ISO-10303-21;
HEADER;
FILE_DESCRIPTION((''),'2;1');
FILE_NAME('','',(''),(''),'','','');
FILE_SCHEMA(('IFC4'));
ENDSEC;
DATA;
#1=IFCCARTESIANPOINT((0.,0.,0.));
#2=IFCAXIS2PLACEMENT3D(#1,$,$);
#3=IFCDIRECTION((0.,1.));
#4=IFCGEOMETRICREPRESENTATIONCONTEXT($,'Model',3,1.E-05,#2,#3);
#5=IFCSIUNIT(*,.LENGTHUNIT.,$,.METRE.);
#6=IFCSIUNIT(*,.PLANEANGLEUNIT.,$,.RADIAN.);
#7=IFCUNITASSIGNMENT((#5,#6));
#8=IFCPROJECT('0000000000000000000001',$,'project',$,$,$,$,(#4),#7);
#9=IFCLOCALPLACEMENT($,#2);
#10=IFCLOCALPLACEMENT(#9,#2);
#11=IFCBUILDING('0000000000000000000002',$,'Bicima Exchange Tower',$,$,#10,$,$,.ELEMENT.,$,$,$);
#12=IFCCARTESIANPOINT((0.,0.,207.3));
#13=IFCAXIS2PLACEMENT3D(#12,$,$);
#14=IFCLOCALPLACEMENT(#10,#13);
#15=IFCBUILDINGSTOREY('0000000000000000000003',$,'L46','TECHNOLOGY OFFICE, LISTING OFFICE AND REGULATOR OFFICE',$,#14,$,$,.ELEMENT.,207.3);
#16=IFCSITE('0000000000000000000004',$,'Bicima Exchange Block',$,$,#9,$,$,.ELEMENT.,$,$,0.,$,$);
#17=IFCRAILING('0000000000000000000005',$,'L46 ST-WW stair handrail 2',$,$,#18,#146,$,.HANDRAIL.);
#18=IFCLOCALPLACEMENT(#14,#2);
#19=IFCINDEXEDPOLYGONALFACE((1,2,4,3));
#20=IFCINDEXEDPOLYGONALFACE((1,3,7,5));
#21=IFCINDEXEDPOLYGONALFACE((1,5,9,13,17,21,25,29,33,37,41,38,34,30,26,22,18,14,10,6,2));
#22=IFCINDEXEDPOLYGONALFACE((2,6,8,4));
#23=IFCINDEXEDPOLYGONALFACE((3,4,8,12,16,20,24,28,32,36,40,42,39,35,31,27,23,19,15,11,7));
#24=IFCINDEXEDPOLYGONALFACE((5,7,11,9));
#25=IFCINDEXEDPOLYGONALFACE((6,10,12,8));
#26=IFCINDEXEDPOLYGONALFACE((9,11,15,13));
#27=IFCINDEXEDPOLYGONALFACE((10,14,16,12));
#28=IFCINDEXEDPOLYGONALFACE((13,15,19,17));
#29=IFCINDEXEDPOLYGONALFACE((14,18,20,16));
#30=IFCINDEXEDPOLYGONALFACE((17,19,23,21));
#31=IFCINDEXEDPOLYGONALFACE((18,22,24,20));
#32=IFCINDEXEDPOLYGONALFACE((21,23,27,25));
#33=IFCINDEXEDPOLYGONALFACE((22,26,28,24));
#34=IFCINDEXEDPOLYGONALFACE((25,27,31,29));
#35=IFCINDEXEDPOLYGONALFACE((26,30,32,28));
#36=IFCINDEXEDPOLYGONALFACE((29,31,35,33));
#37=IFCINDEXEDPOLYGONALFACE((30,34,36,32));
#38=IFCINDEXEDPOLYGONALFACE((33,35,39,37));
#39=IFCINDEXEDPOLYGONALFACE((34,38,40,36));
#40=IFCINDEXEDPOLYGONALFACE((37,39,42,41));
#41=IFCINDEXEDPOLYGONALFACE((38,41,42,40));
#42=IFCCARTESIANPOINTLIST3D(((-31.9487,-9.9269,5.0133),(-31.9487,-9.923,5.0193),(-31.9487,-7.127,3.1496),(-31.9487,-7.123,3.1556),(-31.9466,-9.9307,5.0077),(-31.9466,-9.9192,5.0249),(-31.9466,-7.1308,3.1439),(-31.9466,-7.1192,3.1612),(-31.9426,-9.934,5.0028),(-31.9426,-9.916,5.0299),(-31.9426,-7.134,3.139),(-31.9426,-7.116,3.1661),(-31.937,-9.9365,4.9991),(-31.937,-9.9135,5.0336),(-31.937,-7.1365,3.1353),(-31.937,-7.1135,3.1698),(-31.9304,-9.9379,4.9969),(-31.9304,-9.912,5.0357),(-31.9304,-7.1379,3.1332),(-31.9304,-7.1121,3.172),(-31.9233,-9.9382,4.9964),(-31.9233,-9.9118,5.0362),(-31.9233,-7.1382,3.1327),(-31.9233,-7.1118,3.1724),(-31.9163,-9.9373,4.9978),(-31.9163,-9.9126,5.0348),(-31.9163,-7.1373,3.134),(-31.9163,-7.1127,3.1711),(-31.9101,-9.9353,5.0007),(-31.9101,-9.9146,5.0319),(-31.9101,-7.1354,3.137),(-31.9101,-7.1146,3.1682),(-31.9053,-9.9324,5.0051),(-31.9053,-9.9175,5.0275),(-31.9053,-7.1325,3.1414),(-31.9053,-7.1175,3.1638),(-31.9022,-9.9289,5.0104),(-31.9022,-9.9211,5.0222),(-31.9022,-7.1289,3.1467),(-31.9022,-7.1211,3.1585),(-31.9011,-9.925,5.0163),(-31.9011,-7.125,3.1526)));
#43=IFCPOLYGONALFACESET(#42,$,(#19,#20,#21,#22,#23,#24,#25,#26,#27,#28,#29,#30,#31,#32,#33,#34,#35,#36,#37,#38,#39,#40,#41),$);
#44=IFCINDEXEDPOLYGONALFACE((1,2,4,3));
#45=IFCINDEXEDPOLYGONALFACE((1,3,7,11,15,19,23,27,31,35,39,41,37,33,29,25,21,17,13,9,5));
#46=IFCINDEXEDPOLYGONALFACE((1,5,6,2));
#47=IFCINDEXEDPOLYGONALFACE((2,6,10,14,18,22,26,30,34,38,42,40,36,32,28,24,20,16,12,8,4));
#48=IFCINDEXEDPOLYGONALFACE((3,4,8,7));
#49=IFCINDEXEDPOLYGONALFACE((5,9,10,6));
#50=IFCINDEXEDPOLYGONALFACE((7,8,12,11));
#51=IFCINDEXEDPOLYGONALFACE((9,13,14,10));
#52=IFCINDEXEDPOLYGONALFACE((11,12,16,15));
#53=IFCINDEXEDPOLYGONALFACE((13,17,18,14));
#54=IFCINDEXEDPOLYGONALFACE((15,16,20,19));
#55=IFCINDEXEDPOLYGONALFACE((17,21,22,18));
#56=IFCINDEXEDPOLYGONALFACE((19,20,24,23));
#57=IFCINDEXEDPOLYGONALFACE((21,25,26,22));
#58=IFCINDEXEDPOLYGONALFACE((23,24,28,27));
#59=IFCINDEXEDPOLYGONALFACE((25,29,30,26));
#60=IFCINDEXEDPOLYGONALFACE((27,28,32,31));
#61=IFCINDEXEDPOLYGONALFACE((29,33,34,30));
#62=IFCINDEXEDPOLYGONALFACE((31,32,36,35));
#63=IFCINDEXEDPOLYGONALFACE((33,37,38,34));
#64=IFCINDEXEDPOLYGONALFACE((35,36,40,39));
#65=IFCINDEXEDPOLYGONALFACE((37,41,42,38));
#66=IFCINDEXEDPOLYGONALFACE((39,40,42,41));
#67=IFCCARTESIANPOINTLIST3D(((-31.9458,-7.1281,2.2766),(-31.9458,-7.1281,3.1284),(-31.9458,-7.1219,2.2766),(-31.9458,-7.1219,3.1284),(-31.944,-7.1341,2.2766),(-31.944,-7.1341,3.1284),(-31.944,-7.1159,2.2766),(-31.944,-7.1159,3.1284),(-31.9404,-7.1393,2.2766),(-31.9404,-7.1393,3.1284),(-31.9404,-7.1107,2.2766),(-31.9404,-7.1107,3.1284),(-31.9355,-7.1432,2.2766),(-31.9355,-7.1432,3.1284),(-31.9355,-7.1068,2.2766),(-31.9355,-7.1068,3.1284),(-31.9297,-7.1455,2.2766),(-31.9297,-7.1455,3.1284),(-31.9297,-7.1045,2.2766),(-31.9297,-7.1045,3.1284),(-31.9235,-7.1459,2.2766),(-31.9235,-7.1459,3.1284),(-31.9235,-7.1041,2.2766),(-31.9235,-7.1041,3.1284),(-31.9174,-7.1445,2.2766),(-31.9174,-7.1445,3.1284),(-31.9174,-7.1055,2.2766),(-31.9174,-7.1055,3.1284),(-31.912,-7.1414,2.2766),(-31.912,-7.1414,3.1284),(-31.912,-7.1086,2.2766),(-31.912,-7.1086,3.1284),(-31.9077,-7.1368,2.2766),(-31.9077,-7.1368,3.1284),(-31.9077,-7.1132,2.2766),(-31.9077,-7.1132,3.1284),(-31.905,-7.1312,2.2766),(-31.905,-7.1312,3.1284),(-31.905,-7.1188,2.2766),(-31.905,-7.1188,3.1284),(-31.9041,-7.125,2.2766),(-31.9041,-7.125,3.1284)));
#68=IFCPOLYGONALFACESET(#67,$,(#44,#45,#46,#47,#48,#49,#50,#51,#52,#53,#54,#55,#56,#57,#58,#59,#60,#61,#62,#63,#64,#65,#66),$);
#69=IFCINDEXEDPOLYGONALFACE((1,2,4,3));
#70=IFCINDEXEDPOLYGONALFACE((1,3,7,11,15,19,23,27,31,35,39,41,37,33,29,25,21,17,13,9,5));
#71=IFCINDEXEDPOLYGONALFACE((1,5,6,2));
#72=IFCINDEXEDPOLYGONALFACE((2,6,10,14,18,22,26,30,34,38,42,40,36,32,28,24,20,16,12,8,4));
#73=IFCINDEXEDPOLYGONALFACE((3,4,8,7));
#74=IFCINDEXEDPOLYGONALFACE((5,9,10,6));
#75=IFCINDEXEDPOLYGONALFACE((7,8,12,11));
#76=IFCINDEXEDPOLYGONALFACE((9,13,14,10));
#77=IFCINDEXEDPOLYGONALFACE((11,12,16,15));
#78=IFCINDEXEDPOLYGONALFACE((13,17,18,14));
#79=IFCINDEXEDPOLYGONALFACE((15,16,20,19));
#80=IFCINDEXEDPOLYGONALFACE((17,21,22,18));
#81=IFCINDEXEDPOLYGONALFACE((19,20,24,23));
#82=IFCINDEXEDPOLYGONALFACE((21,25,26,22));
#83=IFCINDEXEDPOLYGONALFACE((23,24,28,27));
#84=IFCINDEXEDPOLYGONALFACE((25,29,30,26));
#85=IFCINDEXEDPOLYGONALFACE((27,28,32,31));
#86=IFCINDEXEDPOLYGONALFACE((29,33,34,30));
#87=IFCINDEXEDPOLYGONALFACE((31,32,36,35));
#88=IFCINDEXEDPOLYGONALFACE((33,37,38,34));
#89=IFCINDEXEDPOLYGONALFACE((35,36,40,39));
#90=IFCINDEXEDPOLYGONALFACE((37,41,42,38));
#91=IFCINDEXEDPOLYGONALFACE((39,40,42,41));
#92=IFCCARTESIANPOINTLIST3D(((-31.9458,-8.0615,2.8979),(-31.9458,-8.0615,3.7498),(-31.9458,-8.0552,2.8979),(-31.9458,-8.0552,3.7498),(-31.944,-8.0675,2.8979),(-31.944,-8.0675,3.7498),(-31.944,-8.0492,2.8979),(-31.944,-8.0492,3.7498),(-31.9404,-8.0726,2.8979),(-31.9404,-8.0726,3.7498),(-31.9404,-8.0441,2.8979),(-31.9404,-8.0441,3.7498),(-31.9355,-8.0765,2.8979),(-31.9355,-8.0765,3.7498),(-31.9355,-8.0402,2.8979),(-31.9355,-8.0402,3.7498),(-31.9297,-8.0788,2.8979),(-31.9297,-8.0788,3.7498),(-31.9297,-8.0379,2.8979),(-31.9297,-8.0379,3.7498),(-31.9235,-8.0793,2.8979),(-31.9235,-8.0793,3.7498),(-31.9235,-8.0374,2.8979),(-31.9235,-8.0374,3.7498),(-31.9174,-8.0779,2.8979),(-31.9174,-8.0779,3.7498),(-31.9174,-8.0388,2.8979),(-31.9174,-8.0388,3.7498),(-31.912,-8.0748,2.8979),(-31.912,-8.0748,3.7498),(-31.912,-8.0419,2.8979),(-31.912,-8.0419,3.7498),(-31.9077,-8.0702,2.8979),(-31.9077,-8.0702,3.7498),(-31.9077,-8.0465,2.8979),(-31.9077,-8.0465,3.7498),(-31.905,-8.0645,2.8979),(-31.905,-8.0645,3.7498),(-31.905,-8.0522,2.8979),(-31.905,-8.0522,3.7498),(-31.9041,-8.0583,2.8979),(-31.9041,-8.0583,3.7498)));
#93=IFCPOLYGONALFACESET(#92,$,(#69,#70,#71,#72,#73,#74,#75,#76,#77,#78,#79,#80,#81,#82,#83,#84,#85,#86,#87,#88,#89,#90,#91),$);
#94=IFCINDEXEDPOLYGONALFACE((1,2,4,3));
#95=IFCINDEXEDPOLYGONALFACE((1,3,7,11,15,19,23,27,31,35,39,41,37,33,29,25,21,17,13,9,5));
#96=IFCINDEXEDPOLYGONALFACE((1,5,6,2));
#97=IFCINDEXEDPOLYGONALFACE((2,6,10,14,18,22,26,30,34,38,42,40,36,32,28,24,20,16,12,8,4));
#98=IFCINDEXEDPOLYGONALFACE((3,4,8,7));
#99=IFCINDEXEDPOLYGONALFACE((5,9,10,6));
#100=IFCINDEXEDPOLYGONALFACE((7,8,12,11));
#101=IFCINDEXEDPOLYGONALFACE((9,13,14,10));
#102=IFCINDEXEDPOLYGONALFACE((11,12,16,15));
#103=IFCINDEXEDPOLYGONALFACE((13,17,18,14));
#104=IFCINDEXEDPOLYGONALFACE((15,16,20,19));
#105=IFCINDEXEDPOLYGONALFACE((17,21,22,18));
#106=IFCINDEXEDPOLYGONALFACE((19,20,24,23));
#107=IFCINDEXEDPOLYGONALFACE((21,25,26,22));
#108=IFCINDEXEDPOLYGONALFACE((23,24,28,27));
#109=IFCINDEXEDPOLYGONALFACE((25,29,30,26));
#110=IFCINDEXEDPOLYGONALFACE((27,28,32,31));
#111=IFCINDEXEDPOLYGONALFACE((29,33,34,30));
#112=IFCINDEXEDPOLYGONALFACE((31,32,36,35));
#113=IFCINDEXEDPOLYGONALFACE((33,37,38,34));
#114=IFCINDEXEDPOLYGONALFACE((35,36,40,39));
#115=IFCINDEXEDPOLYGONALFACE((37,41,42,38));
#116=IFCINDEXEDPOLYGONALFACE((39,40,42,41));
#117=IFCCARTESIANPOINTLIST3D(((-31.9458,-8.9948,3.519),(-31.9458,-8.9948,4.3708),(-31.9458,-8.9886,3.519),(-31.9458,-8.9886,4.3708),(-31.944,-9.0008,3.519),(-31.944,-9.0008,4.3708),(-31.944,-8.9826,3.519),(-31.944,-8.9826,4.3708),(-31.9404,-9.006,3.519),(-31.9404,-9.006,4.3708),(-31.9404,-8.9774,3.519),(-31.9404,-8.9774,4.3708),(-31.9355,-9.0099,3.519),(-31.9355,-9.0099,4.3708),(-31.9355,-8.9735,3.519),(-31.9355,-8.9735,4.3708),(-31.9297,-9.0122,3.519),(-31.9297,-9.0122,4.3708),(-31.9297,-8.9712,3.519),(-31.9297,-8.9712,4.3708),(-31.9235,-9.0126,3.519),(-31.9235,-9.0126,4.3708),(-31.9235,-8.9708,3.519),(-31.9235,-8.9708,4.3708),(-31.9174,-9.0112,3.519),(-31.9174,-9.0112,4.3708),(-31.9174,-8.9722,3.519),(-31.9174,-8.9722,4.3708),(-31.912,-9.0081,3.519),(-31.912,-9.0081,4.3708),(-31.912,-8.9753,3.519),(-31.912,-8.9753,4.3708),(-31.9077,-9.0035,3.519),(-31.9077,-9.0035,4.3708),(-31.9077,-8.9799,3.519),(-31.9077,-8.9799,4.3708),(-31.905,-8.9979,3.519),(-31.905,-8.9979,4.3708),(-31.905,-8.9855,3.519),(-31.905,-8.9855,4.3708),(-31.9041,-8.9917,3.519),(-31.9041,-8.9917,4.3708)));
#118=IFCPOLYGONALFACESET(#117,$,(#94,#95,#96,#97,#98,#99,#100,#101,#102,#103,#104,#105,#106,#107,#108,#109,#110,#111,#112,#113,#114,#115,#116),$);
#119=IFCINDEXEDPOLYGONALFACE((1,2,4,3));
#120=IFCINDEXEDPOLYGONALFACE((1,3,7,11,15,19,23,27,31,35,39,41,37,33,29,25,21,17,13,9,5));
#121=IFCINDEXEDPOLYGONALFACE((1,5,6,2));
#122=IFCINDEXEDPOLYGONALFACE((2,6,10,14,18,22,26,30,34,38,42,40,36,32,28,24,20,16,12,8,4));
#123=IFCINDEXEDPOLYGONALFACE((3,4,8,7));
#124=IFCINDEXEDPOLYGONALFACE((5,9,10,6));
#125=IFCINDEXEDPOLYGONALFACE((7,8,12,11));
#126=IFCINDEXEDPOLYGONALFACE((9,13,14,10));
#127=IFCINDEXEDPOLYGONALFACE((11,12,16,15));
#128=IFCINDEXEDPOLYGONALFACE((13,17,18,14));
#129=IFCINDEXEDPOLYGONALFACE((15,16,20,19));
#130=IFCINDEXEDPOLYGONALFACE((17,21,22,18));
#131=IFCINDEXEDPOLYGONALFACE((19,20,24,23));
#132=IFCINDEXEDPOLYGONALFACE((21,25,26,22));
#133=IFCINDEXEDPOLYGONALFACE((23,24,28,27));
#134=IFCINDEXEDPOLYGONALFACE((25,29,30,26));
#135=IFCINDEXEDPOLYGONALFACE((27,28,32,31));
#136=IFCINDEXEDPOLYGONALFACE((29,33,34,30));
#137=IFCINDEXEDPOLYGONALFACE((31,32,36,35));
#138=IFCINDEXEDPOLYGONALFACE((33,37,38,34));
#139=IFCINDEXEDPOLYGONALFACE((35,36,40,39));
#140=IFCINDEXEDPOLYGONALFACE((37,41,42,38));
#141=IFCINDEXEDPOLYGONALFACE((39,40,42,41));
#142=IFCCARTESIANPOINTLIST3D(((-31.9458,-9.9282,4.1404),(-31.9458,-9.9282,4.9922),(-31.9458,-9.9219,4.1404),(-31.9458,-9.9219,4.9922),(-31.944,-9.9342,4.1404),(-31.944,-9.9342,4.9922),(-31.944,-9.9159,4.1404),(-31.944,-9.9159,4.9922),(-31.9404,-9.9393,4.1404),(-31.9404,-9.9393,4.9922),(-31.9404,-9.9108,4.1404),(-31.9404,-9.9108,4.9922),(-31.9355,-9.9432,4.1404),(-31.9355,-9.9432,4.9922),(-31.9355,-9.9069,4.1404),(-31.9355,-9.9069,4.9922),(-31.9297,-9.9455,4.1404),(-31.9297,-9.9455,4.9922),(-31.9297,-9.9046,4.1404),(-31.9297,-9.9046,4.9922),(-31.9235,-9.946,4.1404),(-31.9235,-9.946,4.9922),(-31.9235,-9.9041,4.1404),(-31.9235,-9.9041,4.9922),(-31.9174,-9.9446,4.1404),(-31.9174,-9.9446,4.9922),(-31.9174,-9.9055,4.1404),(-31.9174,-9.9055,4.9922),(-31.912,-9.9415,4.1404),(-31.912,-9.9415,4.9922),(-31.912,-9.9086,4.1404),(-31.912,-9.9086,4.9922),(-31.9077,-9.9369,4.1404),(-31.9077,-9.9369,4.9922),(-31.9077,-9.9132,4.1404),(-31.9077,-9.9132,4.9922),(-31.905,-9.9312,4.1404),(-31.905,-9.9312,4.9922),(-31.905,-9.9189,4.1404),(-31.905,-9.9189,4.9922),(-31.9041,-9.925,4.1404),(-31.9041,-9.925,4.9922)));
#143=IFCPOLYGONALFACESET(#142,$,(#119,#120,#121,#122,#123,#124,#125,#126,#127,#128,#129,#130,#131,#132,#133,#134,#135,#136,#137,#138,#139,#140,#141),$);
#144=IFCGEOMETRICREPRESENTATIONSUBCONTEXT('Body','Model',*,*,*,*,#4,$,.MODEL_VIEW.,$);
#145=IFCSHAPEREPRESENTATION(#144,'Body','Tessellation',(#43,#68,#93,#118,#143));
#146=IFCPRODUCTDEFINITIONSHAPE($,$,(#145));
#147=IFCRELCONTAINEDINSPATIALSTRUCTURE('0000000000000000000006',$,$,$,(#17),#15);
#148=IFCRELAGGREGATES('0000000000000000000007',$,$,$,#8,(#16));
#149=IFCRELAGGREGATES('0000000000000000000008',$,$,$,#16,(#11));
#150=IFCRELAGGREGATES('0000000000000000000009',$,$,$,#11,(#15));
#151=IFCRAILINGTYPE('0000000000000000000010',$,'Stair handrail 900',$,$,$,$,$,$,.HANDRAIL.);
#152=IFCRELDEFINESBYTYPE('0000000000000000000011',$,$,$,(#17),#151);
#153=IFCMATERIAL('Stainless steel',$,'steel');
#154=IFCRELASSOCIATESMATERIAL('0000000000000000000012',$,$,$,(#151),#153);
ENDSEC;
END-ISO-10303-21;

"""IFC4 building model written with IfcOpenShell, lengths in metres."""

from ifc_helpers import new_model, si_unit, direction, frame, origin, origin_2d, place, context, subcontext, project, spatial, circle, extrude, material, type_object, element, save


model = new_model("IFC4")

# Units and contexts
model_context = context("Model", 3, precision=1e-05, world=origin(), true_north=direction((0.0, 1.0)))
body_context = subcontext(model_context, "Body", "Model", "MODEL_VIEW")
ifc_project = project(units=[si_unit("LENGTHUNIT", "METRE"), si_unit("PLANEANGLEUNIT", "RADIAN")], contexts=[model_context])

# Site, building, storey
site_placement = place(None, origin())
site = spatial("IfcSite", under=ifc_project, at=site_placement, Name="Bicima Exchange Block", CompositionType="ELEMENT", RefElevation=0.0)
building_placement = place(site_placement, origin())
building = spatial("IfcBuilding", under=site, at=building_placement, Name="Bicima Exchange Tower", CompositionType="ELEMENT")
storey_placement = place(building_placement, frame((0.0, 0.0, 207.3)))
storey = spatial("IfcBuildingStorey", under=building, at=storey_placement, Name="L46", Description="TECHNOLOGY OFFICE, LISTING OFFICE AND REGULATOR OFFICE", CompositionType="ELEMENT", Elevation=207.3)

# Railing
ifc_material_1 = material(Name="Stainless steel", Category="steel")
railing_type_1 = type_object("IfcRailingType", Name="Stair handrail 900", PredefinedType="HANDRAIL", material=ifc_material_1)
railing_1_placement = place(storey_placement, frame((-31.925, -7.125, 2.2766)))
element("IfcRailing", 1, at=railing_1_placement, inside=storey, type_object=railing_type_1, Name="L46 ST-WW stair handrail 2", PredefinedType="HANDRAIL", context=body_context, shape_type="SweptSolid", body=[
    extrude(circle(Radius=0.0239, at=origin_2d()), frame((0.0, 0.0, 0.876), z_axis=(0.0, -0.832452, 0.554097), x_axis=(1.0, 0.0, 0.0)), (0.0, 0.0, 1.0), 3.3635),
    extrude(circle(Radius=0.021, at=origin_2d()), origin(), (0.0, 0.0, 1.0), 0.8518),
    extrude(circle(Radius=0.021, at=origin_2d()), frame((0.0, -0.9333, 0.6213)), (0.0, 0.0, 1.0), 0.8518),
    extrude(circle(Radius=0.021, at=origin_2d()), frame((0.0, -1.8667, 1.2424)), (0.0, 0.0, 1.0), 0.8518),
    extrude(circle(Radius=0.021, at=origin_2d()), frame((0.0, -2.8, 1.8638)), (0.0, 0.0, 1.0), 0.8518),
])

save(model, "model.ifc")
